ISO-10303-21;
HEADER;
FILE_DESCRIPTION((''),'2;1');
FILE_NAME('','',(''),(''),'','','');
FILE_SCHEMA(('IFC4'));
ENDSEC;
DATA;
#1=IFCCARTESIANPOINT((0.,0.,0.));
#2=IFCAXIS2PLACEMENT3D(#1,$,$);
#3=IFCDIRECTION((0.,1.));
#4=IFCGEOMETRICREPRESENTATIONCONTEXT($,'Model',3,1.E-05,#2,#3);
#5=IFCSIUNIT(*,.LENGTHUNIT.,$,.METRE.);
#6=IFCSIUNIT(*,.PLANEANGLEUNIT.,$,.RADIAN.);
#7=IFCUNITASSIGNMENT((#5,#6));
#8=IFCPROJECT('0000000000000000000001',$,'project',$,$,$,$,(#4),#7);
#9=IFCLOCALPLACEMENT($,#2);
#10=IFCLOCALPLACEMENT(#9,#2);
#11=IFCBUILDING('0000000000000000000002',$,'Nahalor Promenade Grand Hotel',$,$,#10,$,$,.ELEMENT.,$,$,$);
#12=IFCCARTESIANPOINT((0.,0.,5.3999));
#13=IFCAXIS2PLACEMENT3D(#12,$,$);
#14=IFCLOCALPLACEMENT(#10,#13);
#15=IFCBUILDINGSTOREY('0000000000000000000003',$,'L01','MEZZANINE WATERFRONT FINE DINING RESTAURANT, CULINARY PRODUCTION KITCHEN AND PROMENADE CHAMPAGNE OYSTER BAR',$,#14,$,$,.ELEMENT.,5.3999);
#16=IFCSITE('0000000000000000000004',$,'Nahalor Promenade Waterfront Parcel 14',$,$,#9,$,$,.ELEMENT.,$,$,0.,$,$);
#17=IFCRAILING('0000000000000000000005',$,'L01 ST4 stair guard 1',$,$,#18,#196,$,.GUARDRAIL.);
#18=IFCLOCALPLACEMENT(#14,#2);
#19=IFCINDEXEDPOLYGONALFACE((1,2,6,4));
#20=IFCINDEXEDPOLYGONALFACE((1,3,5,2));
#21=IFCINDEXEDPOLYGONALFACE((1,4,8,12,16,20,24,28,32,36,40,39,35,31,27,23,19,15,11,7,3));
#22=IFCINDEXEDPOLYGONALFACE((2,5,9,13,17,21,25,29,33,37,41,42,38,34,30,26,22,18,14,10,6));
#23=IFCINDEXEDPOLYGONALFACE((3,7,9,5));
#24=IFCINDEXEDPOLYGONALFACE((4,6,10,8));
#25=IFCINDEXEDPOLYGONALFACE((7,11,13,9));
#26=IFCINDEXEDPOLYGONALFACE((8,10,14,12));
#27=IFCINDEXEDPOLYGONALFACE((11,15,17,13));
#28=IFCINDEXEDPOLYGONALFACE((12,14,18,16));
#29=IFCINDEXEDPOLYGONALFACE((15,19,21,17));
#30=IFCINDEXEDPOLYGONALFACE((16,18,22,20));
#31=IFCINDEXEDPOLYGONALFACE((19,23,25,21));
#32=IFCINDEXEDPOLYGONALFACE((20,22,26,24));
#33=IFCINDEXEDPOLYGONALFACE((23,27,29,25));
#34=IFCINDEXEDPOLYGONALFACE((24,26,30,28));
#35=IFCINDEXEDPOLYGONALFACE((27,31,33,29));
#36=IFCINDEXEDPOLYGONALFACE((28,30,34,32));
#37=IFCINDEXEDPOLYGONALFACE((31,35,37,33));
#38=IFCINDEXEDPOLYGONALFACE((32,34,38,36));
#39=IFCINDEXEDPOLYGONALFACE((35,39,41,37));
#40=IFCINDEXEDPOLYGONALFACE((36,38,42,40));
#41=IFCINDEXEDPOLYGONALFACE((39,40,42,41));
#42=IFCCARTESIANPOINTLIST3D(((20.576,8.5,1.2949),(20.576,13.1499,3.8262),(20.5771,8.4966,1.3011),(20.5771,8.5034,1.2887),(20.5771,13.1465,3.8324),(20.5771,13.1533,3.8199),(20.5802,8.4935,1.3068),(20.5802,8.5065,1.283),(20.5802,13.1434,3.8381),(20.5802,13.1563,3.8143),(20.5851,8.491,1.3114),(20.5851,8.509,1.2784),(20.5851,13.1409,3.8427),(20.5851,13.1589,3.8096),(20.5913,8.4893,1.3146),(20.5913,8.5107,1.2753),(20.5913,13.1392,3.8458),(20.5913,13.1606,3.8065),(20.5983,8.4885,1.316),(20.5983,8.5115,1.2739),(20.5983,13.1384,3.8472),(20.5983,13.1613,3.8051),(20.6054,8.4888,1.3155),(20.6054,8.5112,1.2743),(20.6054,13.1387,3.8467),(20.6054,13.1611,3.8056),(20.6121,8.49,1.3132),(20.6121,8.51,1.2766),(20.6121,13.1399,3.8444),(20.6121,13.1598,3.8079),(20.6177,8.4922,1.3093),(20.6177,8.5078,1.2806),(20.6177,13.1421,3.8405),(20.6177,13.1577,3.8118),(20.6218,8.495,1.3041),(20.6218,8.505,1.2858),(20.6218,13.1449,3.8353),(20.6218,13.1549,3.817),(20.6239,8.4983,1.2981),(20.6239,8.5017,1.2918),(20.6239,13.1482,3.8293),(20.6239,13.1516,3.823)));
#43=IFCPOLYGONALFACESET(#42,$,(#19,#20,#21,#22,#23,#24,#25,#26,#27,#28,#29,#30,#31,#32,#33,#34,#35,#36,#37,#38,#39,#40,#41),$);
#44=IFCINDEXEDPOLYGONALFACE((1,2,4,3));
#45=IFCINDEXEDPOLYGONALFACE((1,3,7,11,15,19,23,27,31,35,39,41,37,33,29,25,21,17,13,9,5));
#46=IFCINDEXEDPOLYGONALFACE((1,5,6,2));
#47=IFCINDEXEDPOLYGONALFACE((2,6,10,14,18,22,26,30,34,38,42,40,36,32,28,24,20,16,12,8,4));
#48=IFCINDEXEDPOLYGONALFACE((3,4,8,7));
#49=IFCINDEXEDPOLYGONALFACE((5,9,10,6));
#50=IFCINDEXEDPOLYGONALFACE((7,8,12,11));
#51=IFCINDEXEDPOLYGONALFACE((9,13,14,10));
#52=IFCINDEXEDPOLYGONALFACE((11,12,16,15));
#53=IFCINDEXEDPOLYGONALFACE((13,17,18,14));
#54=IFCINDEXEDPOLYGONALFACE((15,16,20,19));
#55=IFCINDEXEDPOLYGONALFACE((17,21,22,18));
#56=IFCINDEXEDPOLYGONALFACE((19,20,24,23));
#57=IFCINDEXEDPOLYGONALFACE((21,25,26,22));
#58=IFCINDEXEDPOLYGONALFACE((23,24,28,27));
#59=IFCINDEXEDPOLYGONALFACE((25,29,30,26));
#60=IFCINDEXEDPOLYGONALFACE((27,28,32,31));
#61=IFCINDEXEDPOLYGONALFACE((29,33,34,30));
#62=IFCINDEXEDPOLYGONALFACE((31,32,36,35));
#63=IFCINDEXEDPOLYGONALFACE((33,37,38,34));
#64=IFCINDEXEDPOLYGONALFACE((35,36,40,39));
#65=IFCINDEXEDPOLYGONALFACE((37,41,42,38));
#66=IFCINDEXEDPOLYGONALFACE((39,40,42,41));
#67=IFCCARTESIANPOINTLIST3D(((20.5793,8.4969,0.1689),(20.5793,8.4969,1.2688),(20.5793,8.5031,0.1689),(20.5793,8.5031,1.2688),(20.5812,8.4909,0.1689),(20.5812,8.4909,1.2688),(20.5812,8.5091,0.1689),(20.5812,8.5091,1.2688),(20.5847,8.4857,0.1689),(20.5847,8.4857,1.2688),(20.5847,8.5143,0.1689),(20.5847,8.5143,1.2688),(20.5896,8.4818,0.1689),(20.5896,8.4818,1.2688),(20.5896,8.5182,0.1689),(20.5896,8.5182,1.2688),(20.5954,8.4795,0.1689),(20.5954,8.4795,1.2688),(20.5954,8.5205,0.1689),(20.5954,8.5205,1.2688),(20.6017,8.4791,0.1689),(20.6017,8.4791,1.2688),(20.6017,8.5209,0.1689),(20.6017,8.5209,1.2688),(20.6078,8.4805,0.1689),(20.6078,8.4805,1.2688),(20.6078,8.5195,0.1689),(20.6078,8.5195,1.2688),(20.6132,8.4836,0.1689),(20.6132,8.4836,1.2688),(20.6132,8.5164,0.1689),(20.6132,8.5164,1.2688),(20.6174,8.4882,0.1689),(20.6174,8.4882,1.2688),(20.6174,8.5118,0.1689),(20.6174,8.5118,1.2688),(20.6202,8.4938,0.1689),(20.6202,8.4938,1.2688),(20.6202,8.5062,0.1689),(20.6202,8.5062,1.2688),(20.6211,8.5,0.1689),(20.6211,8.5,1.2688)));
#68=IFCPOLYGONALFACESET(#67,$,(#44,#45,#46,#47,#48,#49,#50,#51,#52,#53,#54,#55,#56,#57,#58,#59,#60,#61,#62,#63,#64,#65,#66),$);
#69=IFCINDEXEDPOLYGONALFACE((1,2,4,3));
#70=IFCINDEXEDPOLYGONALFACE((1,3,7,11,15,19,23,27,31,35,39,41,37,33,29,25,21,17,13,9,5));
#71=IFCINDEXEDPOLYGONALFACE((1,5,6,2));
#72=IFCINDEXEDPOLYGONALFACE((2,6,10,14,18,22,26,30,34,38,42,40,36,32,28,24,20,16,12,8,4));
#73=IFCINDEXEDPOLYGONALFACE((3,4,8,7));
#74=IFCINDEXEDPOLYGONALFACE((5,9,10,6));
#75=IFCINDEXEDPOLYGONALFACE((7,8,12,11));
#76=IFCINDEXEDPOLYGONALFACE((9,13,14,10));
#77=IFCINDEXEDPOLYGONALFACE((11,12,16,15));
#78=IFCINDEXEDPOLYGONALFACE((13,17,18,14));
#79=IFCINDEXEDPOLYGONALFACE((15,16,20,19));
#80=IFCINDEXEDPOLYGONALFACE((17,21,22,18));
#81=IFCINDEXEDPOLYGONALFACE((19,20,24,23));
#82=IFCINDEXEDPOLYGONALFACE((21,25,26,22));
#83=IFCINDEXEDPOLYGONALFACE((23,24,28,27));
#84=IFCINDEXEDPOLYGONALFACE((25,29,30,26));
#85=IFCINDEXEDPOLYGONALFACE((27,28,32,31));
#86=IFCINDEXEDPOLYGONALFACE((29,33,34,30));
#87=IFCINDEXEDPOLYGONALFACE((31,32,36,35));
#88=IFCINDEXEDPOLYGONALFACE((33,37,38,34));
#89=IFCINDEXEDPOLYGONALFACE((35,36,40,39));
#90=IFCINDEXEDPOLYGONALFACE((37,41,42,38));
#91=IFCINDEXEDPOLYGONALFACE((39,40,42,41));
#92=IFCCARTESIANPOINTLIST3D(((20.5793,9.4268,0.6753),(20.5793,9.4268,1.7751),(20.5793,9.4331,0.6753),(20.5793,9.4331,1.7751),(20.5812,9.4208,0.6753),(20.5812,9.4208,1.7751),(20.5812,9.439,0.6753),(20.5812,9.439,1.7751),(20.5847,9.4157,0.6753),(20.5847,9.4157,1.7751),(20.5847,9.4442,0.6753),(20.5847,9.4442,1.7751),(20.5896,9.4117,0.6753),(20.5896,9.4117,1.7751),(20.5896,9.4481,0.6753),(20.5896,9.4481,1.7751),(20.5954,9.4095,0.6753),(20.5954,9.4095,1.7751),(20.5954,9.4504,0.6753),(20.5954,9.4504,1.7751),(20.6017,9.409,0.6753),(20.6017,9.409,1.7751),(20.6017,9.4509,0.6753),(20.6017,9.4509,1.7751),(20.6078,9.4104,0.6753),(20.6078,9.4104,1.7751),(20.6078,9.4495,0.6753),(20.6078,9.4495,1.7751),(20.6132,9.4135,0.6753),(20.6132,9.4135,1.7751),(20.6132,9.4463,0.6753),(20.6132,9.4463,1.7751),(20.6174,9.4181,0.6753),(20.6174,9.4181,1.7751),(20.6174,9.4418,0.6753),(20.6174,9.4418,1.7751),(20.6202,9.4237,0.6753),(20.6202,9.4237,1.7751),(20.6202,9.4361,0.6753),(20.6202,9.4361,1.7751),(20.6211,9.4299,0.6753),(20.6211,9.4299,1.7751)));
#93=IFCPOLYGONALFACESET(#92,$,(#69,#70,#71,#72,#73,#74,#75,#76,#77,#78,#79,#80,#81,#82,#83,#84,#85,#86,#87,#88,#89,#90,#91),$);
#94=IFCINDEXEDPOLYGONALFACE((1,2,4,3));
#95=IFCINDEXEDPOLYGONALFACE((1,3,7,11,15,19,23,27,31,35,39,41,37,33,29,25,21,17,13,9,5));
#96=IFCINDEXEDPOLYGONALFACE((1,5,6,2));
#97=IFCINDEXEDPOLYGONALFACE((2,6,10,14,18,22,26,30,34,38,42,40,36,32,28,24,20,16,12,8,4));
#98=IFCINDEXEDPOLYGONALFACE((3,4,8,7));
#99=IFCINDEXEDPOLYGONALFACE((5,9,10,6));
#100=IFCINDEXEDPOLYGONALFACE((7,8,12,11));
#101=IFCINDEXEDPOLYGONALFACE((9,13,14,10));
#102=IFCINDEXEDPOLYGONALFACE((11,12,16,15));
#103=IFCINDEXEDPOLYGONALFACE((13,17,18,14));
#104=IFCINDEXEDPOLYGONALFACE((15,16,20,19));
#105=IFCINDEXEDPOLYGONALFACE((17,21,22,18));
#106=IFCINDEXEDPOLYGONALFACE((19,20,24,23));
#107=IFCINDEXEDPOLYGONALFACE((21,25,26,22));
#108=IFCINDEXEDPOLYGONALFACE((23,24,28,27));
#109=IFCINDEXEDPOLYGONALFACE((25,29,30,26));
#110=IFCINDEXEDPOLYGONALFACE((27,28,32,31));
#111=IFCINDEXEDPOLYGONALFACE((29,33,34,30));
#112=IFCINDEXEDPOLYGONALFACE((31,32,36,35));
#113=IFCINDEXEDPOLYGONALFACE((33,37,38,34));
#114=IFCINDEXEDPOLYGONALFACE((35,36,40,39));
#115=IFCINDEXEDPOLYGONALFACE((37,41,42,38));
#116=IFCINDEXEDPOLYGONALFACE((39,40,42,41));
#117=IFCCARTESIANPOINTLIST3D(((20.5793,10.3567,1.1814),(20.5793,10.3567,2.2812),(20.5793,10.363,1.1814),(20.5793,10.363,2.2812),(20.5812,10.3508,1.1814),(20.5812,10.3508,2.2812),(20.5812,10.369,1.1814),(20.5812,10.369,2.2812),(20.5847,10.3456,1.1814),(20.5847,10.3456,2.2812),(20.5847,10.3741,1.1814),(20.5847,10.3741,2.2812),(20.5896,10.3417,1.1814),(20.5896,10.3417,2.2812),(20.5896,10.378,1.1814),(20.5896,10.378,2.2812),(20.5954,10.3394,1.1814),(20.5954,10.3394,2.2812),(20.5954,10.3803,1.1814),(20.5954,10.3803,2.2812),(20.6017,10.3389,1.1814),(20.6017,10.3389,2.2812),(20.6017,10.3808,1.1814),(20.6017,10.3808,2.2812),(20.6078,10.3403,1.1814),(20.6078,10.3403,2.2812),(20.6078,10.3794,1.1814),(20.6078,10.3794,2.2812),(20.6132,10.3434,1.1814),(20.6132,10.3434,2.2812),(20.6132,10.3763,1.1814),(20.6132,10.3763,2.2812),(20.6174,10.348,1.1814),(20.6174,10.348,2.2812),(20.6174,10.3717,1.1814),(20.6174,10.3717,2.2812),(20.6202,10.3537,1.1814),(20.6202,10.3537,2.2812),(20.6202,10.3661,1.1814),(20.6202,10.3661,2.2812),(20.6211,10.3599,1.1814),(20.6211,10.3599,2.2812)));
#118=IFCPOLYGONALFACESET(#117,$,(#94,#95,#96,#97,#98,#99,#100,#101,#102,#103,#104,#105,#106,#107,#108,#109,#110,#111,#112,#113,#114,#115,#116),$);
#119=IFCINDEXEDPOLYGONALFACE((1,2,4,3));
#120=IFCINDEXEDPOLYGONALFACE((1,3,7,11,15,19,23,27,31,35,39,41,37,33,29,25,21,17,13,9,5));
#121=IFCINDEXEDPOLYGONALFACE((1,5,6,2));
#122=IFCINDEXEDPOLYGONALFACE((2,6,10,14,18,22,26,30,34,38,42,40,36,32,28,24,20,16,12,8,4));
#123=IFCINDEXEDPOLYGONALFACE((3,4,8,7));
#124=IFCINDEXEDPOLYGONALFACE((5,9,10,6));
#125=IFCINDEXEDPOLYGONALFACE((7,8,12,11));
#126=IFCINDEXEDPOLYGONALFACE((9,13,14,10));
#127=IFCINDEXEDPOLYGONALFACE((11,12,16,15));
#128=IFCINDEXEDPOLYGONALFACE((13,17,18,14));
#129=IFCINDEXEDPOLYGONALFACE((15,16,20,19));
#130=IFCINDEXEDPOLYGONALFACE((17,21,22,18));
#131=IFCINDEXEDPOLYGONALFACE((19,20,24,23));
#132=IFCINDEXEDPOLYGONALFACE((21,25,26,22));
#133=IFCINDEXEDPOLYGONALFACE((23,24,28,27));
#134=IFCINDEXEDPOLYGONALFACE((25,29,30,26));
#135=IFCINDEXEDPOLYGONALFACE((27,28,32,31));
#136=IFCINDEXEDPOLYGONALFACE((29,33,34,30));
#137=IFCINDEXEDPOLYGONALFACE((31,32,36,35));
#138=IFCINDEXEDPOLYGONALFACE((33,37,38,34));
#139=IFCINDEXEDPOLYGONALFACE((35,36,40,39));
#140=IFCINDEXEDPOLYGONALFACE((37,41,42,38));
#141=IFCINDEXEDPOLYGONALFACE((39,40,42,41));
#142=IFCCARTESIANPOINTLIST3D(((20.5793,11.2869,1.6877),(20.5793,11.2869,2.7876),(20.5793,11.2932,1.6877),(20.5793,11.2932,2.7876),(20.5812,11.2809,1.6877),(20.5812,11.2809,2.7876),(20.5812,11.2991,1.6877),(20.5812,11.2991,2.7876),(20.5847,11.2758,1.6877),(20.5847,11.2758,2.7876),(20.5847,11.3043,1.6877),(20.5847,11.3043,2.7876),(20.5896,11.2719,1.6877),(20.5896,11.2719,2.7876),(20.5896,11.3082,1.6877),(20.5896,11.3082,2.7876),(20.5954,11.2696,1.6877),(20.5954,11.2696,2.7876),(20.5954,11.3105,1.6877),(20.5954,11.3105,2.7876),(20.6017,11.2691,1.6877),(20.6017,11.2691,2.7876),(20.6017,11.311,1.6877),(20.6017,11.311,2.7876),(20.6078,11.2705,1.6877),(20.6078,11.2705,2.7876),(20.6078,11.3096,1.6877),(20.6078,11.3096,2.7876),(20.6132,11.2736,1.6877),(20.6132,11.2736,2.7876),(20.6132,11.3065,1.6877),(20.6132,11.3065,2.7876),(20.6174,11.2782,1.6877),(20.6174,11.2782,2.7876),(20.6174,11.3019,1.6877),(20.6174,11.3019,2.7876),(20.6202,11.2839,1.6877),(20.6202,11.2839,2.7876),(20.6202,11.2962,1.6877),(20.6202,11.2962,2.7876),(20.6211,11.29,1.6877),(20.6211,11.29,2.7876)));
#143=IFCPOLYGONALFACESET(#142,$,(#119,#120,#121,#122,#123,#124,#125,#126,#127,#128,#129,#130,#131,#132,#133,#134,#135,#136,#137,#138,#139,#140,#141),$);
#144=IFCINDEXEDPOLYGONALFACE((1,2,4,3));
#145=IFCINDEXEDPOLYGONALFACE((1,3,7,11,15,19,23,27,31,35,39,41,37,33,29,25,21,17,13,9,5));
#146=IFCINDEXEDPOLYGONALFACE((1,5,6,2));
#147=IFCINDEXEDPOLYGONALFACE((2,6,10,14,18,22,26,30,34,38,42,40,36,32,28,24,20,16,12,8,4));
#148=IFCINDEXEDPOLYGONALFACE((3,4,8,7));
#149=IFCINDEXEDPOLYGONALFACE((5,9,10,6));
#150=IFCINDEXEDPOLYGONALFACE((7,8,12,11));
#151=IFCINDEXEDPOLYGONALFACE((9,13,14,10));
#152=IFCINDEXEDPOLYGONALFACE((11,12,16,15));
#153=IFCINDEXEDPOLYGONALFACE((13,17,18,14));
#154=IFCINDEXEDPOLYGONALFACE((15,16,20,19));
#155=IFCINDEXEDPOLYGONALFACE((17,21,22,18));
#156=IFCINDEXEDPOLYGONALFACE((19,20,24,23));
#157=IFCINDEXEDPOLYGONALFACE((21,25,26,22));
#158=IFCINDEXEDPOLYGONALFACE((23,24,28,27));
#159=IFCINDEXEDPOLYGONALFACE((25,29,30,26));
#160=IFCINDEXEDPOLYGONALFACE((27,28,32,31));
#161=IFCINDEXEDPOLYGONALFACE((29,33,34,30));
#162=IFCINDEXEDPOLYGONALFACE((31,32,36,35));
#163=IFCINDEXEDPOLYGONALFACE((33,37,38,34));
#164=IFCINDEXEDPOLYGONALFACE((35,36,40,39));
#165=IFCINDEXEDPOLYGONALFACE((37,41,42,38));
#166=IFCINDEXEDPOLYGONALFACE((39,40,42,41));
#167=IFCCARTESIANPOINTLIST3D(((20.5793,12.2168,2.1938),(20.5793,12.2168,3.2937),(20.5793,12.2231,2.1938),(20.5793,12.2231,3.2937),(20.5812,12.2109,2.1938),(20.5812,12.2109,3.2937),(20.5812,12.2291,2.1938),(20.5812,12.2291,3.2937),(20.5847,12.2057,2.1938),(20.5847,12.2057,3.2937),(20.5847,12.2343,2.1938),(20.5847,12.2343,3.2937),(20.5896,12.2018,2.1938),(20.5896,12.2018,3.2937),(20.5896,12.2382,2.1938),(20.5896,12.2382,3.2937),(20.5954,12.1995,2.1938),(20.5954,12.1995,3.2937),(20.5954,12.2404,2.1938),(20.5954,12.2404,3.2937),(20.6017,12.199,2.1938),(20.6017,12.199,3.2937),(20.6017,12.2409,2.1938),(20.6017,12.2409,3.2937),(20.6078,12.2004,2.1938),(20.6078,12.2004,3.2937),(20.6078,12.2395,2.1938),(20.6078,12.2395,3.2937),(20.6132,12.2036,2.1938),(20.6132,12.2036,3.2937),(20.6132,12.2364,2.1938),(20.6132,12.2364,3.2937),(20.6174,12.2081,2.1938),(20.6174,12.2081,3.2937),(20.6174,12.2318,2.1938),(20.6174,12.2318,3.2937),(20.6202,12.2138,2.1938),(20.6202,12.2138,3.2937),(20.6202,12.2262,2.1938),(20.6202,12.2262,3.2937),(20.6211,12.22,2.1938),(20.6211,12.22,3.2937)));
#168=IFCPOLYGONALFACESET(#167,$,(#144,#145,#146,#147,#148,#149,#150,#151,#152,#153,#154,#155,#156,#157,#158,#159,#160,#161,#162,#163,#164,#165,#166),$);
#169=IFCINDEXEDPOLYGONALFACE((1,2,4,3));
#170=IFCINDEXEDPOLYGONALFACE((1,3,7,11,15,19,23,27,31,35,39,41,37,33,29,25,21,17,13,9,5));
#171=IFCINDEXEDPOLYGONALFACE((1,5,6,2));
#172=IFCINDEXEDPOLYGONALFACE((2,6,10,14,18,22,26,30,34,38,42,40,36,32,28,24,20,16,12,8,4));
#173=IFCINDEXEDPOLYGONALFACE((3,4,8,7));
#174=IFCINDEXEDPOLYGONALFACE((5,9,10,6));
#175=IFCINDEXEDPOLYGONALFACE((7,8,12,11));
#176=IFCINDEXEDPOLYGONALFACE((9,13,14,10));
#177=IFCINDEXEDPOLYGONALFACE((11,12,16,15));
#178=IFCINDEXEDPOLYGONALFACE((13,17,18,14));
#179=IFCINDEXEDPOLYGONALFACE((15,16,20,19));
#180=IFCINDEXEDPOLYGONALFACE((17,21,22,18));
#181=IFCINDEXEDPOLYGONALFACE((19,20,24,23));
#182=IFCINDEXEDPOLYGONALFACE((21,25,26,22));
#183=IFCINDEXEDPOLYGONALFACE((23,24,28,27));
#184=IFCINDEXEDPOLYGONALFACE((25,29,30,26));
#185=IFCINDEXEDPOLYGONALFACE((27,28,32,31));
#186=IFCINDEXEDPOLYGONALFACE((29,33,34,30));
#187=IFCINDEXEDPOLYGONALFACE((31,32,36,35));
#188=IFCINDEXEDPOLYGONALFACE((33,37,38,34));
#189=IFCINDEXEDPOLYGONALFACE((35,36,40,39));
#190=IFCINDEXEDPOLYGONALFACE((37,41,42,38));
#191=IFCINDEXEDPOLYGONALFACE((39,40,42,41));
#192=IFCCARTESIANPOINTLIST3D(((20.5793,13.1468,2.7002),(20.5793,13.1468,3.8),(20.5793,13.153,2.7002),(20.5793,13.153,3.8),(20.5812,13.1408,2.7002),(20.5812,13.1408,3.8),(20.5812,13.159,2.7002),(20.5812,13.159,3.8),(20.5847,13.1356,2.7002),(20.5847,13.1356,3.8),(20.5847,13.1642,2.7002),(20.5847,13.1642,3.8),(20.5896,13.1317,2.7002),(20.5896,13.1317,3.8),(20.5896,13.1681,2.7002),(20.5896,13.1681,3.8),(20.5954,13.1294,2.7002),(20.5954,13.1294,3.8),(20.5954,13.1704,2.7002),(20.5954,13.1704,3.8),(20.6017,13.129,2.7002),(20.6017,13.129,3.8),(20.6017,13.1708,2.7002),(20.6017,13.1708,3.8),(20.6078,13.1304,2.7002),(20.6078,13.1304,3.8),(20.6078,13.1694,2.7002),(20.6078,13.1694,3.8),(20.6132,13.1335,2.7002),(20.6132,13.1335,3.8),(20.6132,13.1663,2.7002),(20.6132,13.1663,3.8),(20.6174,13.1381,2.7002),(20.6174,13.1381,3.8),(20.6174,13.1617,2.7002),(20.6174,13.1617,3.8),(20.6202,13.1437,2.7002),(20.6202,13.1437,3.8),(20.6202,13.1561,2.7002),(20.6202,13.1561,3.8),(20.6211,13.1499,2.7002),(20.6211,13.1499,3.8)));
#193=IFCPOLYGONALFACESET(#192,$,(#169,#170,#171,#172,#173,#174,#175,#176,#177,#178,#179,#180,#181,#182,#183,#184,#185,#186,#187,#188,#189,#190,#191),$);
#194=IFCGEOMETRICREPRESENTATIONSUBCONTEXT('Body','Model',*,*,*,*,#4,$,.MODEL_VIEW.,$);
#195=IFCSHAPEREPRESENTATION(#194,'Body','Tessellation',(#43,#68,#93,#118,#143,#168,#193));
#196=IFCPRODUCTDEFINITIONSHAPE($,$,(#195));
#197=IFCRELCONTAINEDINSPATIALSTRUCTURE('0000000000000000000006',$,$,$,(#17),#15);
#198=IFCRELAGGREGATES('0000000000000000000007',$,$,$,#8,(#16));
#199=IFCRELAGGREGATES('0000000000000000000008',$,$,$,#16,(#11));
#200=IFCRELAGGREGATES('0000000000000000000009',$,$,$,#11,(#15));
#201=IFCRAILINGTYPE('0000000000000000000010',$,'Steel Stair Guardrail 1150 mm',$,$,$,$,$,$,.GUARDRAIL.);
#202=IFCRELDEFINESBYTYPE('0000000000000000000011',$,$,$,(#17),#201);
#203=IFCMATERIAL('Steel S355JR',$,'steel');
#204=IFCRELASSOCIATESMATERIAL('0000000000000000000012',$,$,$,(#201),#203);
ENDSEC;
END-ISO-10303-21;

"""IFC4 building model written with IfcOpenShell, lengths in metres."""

from ifc_helpers import new_model, si_unit, direction, frame, origin, origin_2d, place, context, subcontext, project, spatial, circle, extrude, material, type_object, element, save


model = new_model("IFC4")

# Units and contexts
model_context = context("Model", 3, precision=1e-05, world=origin(), true_north=direction((0.0, 1.0)))
body_context = subcontext(model_context, "Body", "Model", "MODEL_VIEW")
ifc_project = project(units=[si_unit("LENGTHUNIT", "METRE"), si_unit("PLANEANGLEUNIT", "RADIAN")], contexts=[model_context])

# Site, building, storey
site_placement = place(None, origin())
site = spatial("IfcSite", under=ifc_project, at=site_placement, Name="Nahalor Promenade Waterfront Parcel 14", CompositionType="ELEMENT", RefElevation=0.0)
building_placement = place(site_placement, origin())
building = spatial("IfcBuilding", under=site, at=building_placement, Name="Nahalor Promenade Grand Hotel", CompositionType="ELEMENT")
storey_placement = place(building_placement, frame((0.0, 0.0, 5.3999)))
storey = spatial("IfcBuildingStorey", under=building, at=storey_placement, Name="L01", Description="MEZZANINE WATERFRONT FINE DINING RESTAURANT, CULINARY PRODUCTION KITCHEN AND PROMENADE CHAMPAGNE OYSTER BAR", CompositionType="ELEMENT", Elevation=5.3999)

# Shared definitions
ifc_material_1 = material(Name="Steel S355JR", Category="steel")

# Railing
railing_type_1 = type_object("IfcRailingType", Name="Steel Stair Guardrail 1150 mm", PredefinedType="GUARDRAIL", material=ifc_material_1)
railing_1_placement = place(storey_placement, frame((20.6001, 8.5, 0.1689)))
element("IfcRailing", 1, at=railing_1_placement, inside=storey, type_object=railing_type_1, Name="L01 ST4 stair guard 1", PredefinedType="GUARDRAIL", context=body_context, shape_type="SweptSolid", body=[
    extrude(circle(Radius=0.024, at=origin_2d()), frame((0.0, 0.0, 1.126), z_axis=(0.0, 0.878297, 0.478115), x_axis=(-1.0, 0.0, 0.0)), (0.0, 0.0, 1.0), 5.2942),
    extrude(circle(Radius=0.021, at=origin_2d()), origin(), (0.0, 0.0, 1.0), 1.0999),
    extrude(circle(Radius=0.021, at=origin_2d()), frame((0.0, 0.9299, 0.5063)), (0.0, 0.0, 1.0), 1.0999),
    extrude(circle(Radius=0.021, at=origin_2d()), frame((0.0, 1.8599, 1.0125)), (0.0, 0.0, 1.0), 1.0999),
    extrude(circle(Radius=0.021, at=origin_2d()), frame((0.0, 2.79, 1.5188)), (0.0, 0.0, 1.0), 1.0999),
    extrude(circle(Radius=0.021, at=origin_2d()), frame((0.0, 3.72, 2.0249)), (0.0, 0.0, 1.0), 1.0999),
    extrude(circle(Radius=0.021, at=origin_2d()), frame((0.0, 4.6499, 2.5312)), (0.0, 0.0, 1.0), 1.0999),
])

save(model, "model.ifc")
